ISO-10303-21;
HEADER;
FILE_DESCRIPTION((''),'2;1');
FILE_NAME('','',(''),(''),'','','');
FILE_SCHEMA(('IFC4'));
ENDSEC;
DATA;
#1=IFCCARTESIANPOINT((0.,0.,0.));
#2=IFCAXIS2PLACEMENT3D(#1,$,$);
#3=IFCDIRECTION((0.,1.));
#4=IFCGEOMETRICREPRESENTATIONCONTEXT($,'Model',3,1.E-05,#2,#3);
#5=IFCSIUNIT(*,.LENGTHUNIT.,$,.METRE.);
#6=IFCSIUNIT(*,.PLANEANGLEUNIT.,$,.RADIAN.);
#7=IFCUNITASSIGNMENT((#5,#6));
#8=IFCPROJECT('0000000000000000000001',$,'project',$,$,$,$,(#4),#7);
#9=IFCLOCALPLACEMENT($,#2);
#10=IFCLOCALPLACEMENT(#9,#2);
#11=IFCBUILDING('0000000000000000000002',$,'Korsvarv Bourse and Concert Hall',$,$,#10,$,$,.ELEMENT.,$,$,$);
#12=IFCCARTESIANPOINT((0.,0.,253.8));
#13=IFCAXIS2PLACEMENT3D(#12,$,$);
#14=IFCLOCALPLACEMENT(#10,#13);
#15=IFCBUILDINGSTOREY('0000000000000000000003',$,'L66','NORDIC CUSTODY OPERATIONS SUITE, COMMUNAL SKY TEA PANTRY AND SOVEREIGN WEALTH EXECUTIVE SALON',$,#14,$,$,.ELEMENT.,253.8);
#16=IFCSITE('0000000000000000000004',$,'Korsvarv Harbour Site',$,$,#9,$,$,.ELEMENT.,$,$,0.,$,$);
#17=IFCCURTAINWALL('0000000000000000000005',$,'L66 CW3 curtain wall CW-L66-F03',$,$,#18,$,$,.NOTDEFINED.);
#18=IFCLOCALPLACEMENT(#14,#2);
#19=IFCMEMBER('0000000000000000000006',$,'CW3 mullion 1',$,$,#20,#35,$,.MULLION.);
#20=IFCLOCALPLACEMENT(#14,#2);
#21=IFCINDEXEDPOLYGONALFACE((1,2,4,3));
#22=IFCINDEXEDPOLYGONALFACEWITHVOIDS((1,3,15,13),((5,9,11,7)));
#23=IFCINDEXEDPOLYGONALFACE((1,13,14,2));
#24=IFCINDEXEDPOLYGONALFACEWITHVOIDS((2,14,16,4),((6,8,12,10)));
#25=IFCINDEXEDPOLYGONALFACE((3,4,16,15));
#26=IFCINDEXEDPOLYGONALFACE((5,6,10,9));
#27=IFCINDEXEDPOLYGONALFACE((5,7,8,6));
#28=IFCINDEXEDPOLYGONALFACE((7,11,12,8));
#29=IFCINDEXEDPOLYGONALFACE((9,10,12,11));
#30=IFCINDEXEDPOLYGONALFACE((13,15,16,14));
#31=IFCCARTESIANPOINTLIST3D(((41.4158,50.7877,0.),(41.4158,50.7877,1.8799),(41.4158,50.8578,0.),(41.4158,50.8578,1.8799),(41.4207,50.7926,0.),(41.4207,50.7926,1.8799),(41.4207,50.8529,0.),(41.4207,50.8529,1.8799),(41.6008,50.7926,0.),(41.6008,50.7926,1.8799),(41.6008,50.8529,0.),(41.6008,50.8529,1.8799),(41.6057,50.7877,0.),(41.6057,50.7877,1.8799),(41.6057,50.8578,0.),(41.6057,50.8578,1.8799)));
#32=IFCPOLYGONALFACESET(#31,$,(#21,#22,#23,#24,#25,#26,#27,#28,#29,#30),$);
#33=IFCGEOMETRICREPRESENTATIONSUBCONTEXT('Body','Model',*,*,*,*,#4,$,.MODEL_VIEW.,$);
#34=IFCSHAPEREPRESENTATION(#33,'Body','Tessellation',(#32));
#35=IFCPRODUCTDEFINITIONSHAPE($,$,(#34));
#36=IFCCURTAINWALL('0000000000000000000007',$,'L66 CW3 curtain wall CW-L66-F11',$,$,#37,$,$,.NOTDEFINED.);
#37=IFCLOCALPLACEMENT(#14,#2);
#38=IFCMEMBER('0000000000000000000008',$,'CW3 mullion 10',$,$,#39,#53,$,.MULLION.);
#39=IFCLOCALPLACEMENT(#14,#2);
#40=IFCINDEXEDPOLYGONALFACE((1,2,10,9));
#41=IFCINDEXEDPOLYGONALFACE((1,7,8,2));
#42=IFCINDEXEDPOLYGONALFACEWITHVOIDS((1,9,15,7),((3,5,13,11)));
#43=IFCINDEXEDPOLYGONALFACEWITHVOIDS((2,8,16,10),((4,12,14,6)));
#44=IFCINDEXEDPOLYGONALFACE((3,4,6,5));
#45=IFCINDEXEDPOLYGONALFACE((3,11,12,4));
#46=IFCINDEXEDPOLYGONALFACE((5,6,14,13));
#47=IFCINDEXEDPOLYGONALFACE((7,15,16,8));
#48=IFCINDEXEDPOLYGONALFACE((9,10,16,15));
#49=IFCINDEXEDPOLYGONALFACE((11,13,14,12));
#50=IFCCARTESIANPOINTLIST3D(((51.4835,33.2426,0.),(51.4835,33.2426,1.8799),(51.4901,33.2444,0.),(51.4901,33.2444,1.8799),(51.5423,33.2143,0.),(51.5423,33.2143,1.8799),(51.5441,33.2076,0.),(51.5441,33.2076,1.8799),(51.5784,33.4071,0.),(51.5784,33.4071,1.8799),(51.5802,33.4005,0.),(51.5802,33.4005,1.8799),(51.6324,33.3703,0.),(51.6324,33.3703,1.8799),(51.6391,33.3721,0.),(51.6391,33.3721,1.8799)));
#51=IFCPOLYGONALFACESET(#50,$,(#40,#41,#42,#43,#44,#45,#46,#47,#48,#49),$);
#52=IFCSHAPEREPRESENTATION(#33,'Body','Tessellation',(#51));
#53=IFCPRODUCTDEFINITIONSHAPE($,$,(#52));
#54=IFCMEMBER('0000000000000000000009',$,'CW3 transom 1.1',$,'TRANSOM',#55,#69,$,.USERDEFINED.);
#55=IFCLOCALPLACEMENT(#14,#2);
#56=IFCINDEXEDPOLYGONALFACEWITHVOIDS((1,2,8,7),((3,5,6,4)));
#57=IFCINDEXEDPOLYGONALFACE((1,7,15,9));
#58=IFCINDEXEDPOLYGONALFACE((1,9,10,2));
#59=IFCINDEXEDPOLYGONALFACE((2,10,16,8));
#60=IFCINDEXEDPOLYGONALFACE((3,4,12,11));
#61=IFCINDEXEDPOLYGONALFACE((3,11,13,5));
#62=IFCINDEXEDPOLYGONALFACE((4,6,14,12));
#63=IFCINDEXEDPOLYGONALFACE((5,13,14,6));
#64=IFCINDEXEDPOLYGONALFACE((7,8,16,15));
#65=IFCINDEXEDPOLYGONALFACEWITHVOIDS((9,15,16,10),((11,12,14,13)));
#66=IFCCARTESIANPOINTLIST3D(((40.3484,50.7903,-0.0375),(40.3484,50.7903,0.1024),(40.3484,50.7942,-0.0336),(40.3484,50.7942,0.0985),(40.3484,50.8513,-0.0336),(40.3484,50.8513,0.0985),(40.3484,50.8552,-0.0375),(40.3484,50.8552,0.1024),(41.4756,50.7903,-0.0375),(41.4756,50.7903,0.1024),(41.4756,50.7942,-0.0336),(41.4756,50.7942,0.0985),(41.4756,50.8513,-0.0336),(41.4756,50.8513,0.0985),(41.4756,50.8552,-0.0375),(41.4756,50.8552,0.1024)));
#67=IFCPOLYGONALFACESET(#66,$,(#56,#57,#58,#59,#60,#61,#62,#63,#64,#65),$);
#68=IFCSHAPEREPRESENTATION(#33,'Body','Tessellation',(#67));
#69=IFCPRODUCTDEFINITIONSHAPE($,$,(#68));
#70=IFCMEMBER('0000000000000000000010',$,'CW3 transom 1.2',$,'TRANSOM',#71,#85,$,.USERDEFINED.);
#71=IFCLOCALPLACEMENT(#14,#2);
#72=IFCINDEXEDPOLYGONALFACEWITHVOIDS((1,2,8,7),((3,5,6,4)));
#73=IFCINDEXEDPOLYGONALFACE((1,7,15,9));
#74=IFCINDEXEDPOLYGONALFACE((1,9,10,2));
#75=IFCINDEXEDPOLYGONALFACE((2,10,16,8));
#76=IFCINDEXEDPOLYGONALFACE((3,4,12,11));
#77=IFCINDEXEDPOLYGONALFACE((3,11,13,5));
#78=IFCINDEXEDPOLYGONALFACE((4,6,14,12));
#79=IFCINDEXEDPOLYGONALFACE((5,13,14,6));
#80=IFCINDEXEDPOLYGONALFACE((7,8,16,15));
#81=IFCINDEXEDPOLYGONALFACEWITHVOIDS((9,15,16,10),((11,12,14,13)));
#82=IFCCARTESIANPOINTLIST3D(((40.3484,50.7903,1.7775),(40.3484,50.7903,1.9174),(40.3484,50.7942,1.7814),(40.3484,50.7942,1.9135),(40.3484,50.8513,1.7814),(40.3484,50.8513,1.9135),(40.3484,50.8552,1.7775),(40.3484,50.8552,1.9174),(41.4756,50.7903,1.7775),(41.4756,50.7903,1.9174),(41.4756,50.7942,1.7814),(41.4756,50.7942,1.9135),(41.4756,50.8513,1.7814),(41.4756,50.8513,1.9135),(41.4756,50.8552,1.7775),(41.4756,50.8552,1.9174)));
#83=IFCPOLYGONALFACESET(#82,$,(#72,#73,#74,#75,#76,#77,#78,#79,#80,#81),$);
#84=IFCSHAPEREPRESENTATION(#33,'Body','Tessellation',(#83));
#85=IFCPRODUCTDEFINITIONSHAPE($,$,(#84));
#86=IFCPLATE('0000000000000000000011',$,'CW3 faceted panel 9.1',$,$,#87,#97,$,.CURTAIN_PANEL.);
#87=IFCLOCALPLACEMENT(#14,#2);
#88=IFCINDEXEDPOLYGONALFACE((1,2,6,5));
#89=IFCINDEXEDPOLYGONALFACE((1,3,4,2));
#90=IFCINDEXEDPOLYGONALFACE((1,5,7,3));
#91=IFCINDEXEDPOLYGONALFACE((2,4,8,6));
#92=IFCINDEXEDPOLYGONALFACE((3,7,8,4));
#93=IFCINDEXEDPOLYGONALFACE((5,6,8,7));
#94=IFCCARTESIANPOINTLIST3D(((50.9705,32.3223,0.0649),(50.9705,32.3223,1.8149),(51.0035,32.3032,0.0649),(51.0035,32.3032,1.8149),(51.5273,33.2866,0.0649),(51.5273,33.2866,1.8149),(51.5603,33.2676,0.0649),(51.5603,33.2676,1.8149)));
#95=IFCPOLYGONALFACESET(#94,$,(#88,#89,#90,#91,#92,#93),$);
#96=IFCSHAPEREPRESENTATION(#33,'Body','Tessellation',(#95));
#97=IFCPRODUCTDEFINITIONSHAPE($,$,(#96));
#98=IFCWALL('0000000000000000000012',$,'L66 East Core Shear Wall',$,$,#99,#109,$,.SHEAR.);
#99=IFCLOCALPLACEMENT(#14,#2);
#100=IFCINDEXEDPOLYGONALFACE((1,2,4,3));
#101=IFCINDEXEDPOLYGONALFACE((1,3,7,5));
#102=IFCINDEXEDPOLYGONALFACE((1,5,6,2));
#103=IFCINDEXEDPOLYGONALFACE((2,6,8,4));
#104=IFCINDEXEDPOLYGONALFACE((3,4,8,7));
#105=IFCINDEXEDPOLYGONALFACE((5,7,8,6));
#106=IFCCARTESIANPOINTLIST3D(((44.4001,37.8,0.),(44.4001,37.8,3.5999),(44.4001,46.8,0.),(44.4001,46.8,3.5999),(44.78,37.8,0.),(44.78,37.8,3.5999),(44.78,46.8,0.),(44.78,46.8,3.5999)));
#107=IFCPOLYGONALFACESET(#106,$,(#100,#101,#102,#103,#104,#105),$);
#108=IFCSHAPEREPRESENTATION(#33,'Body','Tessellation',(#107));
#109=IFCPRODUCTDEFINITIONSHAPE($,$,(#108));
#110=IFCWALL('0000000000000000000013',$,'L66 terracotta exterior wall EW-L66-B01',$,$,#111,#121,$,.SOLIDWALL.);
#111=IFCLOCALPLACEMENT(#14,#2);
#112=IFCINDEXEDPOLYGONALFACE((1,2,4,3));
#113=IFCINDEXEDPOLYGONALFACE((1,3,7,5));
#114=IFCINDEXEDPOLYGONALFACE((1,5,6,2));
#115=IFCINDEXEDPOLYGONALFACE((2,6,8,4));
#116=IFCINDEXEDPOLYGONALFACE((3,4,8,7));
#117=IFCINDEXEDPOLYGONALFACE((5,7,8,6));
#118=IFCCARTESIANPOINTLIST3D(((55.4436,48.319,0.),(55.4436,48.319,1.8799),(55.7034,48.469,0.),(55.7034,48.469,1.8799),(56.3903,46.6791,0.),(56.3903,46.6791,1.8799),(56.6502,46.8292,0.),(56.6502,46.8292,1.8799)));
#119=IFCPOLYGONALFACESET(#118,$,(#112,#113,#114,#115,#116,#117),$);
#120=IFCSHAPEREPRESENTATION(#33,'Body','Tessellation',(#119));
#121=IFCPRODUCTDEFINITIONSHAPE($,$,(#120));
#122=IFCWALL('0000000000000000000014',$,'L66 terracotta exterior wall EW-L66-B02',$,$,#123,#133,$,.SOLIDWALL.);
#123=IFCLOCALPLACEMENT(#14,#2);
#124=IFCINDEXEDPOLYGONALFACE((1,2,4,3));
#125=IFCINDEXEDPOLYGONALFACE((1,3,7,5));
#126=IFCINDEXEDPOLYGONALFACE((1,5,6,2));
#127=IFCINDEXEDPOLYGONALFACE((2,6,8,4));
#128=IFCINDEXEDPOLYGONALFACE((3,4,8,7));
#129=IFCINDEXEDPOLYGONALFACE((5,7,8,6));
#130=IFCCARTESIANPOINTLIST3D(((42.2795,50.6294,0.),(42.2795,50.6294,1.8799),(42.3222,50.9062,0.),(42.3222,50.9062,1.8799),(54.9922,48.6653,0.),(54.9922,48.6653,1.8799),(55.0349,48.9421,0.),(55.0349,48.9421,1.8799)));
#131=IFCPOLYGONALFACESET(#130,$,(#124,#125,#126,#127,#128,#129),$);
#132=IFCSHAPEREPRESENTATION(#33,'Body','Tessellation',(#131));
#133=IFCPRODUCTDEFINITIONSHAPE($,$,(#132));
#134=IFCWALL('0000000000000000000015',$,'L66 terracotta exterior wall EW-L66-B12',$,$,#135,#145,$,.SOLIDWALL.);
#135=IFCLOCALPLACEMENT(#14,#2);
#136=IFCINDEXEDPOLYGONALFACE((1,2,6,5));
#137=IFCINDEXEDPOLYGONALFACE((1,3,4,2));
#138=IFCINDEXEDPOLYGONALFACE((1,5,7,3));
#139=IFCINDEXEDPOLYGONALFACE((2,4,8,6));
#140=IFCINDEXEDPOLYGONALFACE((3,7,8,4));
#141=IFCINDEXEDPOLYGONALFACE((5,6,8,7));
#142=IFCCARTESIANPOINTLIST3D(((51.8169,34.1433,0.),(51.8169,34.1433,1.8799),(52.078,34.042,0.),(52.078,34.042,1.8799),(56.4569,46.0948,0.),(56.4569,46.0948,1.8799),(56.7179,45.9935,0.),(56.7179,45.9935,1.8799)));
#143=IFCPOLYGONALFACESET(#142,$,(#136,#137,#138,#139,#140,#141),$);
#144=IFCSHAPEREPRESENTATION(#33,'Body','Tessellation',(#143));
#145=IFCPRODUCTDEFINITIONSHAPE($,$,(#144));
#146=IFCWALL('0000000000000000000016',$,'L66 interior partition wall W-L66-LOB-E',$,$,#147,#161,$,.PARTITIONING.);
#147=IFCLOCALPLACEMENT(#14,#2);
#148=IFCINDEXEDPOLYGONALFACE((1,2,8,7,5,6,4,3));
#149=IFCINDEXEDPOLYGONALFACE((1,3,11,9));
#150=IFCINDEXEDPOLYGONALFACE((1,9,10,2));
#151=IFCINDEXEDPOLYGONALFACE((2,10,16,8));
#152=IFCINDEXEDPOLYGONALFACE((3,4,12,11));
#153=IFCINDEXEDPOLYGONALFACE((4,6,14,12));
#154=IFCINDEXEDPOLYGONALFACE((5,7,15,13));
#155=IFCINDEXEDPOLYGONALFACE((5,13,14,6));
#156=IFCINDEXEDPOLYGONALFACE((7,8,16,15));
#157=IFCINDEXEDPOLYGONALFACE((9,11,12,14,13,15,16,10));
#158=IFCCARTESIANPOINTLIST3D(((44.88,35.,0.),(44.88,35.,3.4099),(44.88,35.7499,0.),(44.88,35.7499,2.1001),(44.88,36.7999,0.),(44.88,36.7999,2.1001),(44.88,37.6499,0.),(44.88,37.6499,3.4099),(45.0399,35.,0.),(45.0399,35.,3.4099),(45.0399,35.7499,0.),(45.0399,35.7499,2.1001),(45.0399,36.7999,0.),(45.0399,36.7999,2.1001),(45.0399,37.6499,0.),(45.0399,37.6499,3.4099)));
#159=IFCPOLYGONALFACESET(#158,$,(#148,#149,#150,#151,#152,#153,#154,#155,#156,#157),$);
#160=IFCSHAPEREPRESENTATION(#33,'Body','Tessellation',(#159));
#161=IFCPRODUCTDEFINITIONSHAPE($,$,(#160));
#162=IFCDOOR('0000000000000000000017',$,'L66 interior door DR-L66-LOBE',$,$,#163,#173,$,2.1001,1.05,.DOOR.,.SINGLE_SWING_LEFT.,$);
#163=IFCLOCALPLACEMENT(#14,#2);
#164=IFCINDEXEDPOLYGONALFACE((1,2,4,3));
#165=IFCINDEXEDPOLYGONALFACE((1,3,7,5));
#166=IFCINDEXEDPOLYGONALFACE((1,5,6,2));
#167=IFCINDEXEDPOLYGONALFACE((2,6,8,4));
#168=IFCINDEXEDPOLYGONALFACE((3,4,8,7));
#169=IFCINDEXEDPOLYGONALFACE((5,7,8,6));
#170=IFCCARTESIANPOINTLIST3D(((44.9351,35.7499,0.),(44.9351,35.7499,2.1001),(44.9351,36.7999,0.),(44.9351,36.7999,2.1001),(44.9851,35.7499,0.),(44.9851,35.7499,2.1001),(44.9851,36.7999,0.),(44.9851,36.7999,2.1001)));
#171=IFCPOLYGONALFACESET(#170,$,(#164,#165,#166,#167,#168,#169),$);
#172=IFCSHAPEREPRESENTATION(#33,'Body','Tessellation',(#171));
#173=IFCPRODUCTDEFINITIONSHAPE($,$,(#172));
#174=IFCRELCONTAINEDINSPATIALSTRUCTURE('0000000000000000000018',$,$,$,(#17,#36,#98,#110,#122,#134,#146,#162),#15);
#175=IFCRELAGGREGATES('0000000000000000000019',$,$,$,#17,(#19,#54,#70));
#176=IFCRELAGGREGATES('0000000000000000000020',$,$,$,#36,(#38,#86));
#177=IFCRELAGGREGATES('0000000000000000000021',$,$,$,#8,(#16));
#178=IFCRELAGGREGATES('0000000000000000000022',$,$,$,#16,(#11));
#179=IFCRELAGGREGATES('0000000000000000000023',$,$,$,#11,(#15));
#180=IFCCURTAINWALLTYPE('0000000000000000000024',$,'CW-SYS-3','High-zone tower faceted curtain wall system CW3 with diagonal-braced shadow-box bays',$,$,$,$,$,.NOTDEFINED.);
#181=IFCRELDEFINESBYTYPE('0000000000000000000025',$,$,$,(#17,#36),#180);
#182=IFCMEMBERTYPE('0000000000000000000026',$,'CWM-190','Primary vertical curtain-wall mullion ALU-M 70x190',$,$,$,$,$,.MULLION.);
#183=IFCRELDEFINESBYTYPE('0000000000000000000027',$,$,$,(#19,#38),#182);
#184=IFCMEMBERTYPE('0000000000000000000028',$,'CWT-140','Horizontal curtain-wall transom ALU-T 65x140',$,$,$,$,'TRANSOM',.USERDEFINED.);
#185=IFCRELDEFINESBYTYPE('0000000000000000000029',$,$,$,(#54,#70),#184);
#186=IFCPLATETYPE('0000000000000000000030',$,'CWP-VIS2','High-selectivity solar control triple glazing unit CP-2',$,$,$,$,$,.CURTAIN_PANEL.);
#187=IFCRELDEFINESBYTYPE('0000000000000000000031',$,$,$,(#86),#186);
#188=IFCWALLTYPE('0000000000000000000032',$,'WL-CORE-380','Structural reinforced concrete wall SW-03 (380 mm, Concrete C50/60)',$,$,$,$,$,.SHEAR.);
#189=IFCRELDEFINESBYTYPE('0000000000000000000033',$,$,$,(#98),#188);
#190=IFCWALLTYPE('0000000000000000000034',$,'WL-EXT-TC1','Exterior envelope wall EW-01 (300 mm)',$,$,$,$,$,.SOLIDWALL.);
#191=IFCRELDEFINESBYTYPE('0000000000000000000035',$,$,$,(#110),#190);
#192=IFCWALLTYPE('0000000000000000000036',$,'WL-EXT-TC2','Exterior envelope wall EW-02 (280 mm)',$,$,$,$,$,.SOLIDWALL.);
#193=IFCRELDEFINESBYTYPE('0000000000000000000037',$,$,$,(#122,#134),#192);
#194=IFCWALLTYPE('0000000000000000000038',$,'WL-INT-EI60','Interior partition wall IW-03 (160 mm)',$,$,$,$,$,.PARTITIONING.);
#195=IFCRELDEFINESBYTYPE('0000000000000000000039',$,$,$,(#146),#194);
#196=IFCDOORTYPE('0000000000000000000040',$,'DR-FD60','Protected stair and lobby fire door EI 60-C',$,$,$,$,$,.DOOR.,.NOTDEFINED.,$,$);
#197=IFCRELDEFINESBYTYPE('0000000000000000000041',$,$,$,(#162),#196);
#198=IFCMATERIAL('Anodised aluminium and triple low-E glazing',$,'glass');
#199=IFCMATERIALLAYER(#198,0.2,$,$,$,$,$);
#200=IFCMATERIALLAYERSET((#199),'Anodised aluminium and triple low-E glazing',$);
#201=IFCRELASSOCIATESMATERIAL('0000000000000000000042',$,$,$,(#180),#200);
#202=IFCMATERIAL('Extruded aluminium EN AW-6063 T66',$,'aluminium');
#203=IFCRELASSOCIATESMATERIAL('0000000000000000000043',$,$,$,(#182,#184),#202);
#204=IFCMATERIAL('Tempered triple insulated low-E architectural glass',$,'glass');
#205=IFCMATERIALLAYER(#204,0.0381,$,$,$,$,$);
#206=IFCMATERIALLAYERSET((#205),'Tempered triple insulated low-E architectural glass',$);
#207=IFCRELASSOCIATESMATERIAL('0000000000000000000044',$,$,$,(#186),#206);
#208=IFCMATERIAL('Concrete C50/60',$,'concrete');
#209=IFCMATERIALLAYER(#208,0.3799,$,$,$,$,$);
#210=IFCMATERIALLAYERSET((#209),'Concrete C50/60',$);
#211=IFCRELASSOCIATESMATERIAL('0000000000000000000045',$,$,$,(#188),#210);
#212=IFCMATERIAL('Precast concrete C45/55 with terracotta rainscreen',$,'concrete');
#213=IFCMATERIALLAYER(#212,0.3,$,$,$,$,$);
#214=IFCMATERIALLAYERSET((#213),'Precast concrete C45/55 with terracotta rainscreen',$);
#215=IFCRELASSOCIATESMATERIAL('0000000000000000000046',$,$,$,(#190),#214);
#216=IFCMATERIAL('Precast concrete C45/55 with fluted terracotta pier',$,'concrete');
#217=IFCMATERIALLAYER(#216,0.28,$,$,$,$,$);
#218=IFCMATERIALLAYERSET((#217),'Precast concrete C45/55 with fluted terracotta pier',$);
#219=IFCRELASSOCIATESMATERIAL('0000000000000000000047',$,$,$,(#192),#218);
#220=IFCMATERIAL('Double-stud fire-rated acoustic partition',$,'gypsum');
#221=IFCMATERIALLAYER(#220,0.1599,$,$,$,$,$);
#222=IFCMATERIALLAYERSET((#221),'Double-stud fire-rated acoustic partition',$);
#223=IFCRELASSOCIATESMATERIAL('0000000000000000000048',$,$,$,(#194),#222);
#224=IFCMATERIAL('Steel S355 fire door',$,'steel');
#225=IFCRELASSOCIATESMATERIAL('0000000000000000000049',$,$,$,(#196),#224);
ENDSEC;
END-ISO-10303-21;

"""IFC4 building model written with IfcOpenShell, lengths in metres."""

from ifc_helpers import new_model, si_unit, direction, frame, frame_2d, origin, origin_2d, place, context, subcontext, project, spatial, rectangle, hollow_rectangle, extrude, source, transform, mapped, material, layer, layer_set, material_profile, profile_set, type_object, element, fill, aggregate, save


model = new_model("IFC4")

# Units and contexts
model_context = context("Model", 3, precision=1e-05, world=origin(), true_north=direction((0.0, 1.0)))
body_context = subcontext(model_context, "Body", "Model", "MODEL_VIEW")
ifc_project = project(units=[si_unit("LENGTHUNIT", "METRE"), si_unit("PLANEANGLEUNIT", "RADIAN")], contexts=[model_context])

# Site, building, storey
site_placement = place(None, origin())
site = spatial("IfcSite", under=ifc_project, at=site_placement, Name="Korsvarv Harbour Site", CompositionType="ELEMENT", RefElevation=0.0)
building_placement = place(site_placement, origin())
building = spatial("IfcBuilding", under=site, at=building_placement, Name="Korsvarv Bourse and Concert Hall", CompositionType="ELEMENT")
storey_placement = place(building_placement, frame((0.0, 0.0, 253.8)))
storey = spatial("IfcBuildingStorey", under=building, at=storey_placement, Name="L66", Description="NORDIC CUSTODY OPERATIONS SUITE, COMMUNAL SKY TEA PANTRY AND SOVEREIGN WEALTH EXECUTIVE SALON", CompositionType="ELEMENT", Elevation=253.8)

# Shared definitions
ifc_material_1 = material(Name="Concrete C50/60", Category="concrete")

# Curtain walls, members
ifc_material_2 = material(Name="Anodised aluminium and triple low-E glazing", Category="glass")
ifc_layer_1 = layer(ifc_material_2, 0.2)
ifc_layer_set_1 = layer_set([ifc_layer_1], Name="Anodised aluminium and triple low-E glazing")
curtain_wall_type = type_object("IfcCurtainWallType", Name="CW-SYS-3", Description="High-zone tower faceted curtain wall system CW3 with diagonal-braced shadow-box bays", PredefinedType="NOTDEFINED", material=ifc_layer_set_1)
curtain_wall_1_placement = place(storey_placement, origin())
curtain_wall_1 = element("IfcCurtainWall", 1, at=curtain_wall_1_placement, inside=storey, type_object=curtain_wall_type, Name="L66 CW3 curtain wall CW-L66-F03", PredefinedType="NOTDEFINED")
ifc_material_3 = material(Name="Extruded aluminium EN AW-6063 T66", Category="aluminium")
ifc_material_profile_1 = material_profile(ifc_material_3, hollow_rectangle(XDim=0.0701, YDim=0.1899, WallThickness=0.0049, at=origin_2d()), Name="ALU-M 70x190")
ifc_profile_set_1 = profile_set([ifc_material_profile_1], Name="Extruded aluminium EN AW-6063 T66")
member_type_1 = type_object("IfcMemberType", Name="CWM-190", Description="Primary vertical curtain-wall mullion ALU-M 70x190", PredefinedType="MULLION", material=ifc_profile_set_1)
shared_shape_1 = source(origin(), body_context, "Body", "SweptSolid", [
    extrude(hollow_rectangle(XDim=0.0701, YDim=0.1899, WallThickness=0.0049, at=origin_2d()), origin(), (0.0, 0.0, 1.0), 1.8799),
])
member_1_placement = place(storey_placement, frame((41.5107, 50.8228, 0.0), z_axis=(0.0, 0.0, 1.0), x_axis=(0.0, -1.0, 0.0)))
member_1 = element("IfcMember", 2, at=member_1_placement, type_object=member_type_1, Name="CW3 mullion 1", PredefinedType="MULLION", context=body_context, shape_type="MappedRepresentation", body=[
    mapped(shared_shape_1, transform((0.0, 0.0, 0.0), scale=1.0)),
])
curtain_wall_2_placement = place(storey_placement, origin())
curtain_wall_2 = element("IfcCurtainWall", 3, at=curtain_wall_2_placement, inside=storey, type_object=curtain_wall_type, Name="L66 CW3 curtain wall CW-L66-F11", PredefinedType="NOTDEFINED")
member_2_placement = place(storey_placement, frame((51.5613, 33.3074, 0.0), z_axis=(0.0, 0.0, 1.0), x_axis=(-0.866023, 0.500004, 0.0)))
member_2 = element("IfcMember", 4, at=member_2_placement, type_object=member_type_1, Name="CW3 mullion 10", PredefinedType="MULLION", context=body_context, shape_type="MappedRepresentation", body=[
    mapped(shared_shape_1, transform((0.0, 0.0, 0.0), scale=1.0)),
])

# Members
ifc_material_profile_2 = material_profile(ifc_material_3, hollow_rectangle(XDim=0.0649, YDim=0.1399, WallThickness=0.0039, at=origin_2d()), Name="ALU-T 65x140")
ifc_profile_set_2 = profile_set([ifc_material_profile_2], Name="Extruded aluminium EN AW-6063 T66")
member_type_2 = type_object("IfcMemberType", Name="CWT-140", Description="Horizontal curtain-wall transom ALU-T 65x140", ElementType="TRANSOM", PredefinedType="USERDEFINED", material=ifc_profile_set_2)
shared_shape_2 = source(origin(), body_context, "Body", "SweptSolid", [
    extrude(hollow_rectangle(XDim=0.0649, YDim=0.1399, WallThickness=0.0039, at=origin_2d()), origin(), (0.0, 0.0, 1.0), 1.1272),
])
member_3_placement = place(storey_placement, frame((41.4756, 50.8228, 0.0325), z_axis=(-1.0, 0.0, 0.0), x_axis=(0.0, -1.0, 0.0)))
member_3 = element("IfcMember", 5, at=member_3_placement, type_object=member_type_2, Name="CW3 transom 1.1", ObjectType="TRANSOM", PredefinedType="USERDEFINED", context=body_context, shape_type="MappedRepresentation", body=[
    mapped(shared_shape_2, transform((0.0, 0.0, 0.0), scale=1.0)),
])
member_4_placement = place(storey_placement, frame((41.4756, 50.8228, 1.8474), z_axis=(-1.0, 0.0, 0.0), x_axis=(0.0, -1.0, 0.0)))
member_4 = element("IfcMember", 6, at=member_4_placement, type_object=member_type_2, Name="CW3 transom 1.2", ObjectType="TRANSOM", PredefinedType="USERDEFINED", context=body_context, shape_type="MappedRepresentation", body=[
    mapped(shared_shape_2, transform((0.0, 0.0, 0.0), scale=1.0)),
])
aggregate(curtain_wall_1, [member_1, member_3, member_4])

# Plate
ifc_material_4 = material(Name="Tempered triple insulated low-E architectural glass", Category="glass")
ifc_layer_2 = layer(ifc_material_4, 0.0381)
ifc_layer_set_2 = layer_set([ifc_layer_2], Name="Tempered triple insulated low-E architectural glass")
plate_type = type_object("IfcPlateType", Name="CWP-VIS2", Description="High-selectivity solar control triple glazing unit CP-2", PredefinedType="CURTAIN_PANEL", material=ifc_layer_set_2)
shared_shape_3 = source(origin(), body_context, "Body", "SweptSolid", [
    extrude(rectangle(XDim=1.1135, YDim=0.0381, at=origin_2d()), origin(), (0.0, 0.0, 1.0), 1.75),
])
plate_placement = place(storey_placement, frame((51.2654, 32.7949, 0.0649), z_axis=(0.0, 0.0, 1.0), x_axis=(0.500004, 0.866023, 0.0)))
plate = element("IfcPlate", 7, at=plate_placement, type_object=plate_type, Name="CW3 faceted panel 9.1", PredefinedType="CURTAIN_PANEL", context=body_context, shape_type="MappedRepresentation", body=[
    mapped(shared_shape_3, transform((0.0, 0.0, 0.0), scale=1.0)),
])
aggregate(curtain_wall_2, [member_2, plate])

# Walls
ifc_layer_3 = layer(ifc_material_1, 0.3799)
ifc_layer_set_3 = layer_set([ifc_layer_3], Name="Concrete C50/60")
wall_type_1 = type_object("IfcWallType", Name="WL-CORE-380", Description="Structural reinforced concrete wall SW-03 (380 mm, Concrete C50/60)", PredefinedType="SHEAR", material=ifc_layer_set_3)
wall_1_placement = place(storey_placement, frame((44.5901, 37.8, 0.0), z_axis=(0.0, 0.0, 1.0), x_axis=(0.0, 1.0, 0.0)))
element("IfcWall", 8, at=wall_1_placement, inside=storey, type_object=wall_type_1, Name="L66 East Core Shear Wall", PredefinedType="SHEAR", context=body_context, shape_type="SweptSolid", body=[
    extrude(rectangle(XDim=9.0, YDim=0.3799, at=frame_2d((4.5, 0.0))), origin(), (0.0, 0.0, 1.0), 3.5999),
])
ifc_material_5 = material(Name="Precast concrete C45/55 with terracotta rainscreen", Category="concrete")
ifc_layer_4 = layer(ifc_material_5, 0.3)
ifc_layer_set_4 = layer_set([ifc_layer_4], Name="Precast concrete C45/55 with terracotta rainscreen")
wall_type_2 = type_object("IfcWallType", Name="WL-EXT-TC1", Description="Exterior envelope wall EW-01 (300 mm)", PredefinedType="SOLIDWALL", material=ifc_layer_set_4)
wall_2_placement = place(storey_placement, frame((56.5203, 46.7542, 0.0), z_axis=(0.0, 0.0, 1.0), x_axis=(-0.499994, 0.866029, 0.0)))
element("IfcWall", 9, at=wall_2_placement, inside=storey, type_object=wall_type_2, Name="L66 terracotta exterior wall EW-L66-B01", PredefinedType="SOLIDWALL", context=body_context, shape_type="SweptSolid", body=[
    extrude(rectangle(XDim=1.8936, YDim=0.3, at=frame_2d((0.9468, 0.0))), origin(), (0.0, 0.0, 1.0), 1.8799),
])
ifc_material_6 = material(Name="Precast concrete C45/55 with fluted terracotta pier", Category="concrete")
ifc_layer_5 = layer(ifc_material_6, 0.28)
ifc_layer_set_5 = layer_set([ifc_layer_5], Name="Precast concrete C45/55 with fluted terracotta pier")
wall_type_3 = type_object("IfcWallType", Name="WL-EXT-TC2", Description="Exterior envelope wall EW-02 (280 mm)", PredefinedType="SOLIDWALL", material=ifc_layer_set_5)
wall_3_placement = place(storey_placement, frame((55.0134, 48.8037, 0.0), z_axis=(0.0, 0.0, 1.0), x_axis=(-0.988274, 0.152689, 0.0)))
element("IfcWall", 10, at=wall_3_placement, inside=storey, type_object=wall_type_3, Name="L66 terracotta exterior wall EW-L66-B02", PredefinedType="SOLIDWALL", context=body_context, shape_type="SweptSolid", body=[
    extrude(rectangle(XDim=12.8635, YDim=0.28, at=frame_2d((6.4316, 0.0))), origin(), (0.0, 0.0, 1.0), 1.8799),
])
wall_4_placement = place(storey_placement, frame((51.9475, 34.0928, 0.0), z_axis=(0.0, 0.0, 1.0), x_axis=(0.361912, 0.932212, 0.0)))
element("IfcWall", 11, at=wall_4_placement, inside=storey, type_object=wall_type_3, Name="L66 terracotta exterior wall EW-L66-B12", PredefinedType="SOLIDWALL", context=body_context, shape_type="SweptSolid", body=[
    extrude(rectangle(XDim=12.8206, YDim=0.28, at=frame_2d((6.4102, 0.0))), origin(), (0.0, 0.0, 1.0), 1.8799),
])

# Wall, opening, door
ifc_material_7 = material(Name="Double-stud fire-rated acoustic partition", Category="gypsum")
ifc_layer_6 = layer(ifc_material_7, 0.1599)
ifc_layer_set_6 = layer_set([ifc_layer_6], Name="Double-stud fire-rated acoustic partition")
wall_type_4 = type_object("IfcWallType", Name="WL-INT-EI60", Description="Interior partition wall IW-03 (160 mm)", PredefinedType="PARTITIONING", material=ifc_layer_set_6)
wall_5_placement = place(storey_placement, frame((44.96, 35.0, 0.0), z_axis=(0.0, 0.0, 1.0), x_axis=(0.0, 1.0, 0.0)))
wall_5 = element("IfcWall", 12, at=wall_5_placement, inside=storey, type_object=wall_type_4, Name="L66 interior partition wall W-L66-LOB-E", PredefinedType="PARTITIONING", context=body_context, shape_type="SweptSolid", body=[
    extrude(rectangle(XDim=2.6499, YDim=0.1599, at=frame_2d((1.325, 0.0))), origin(), (0.0, 0.0, 1.0), 3.4099),
])
opening_placement = place(wall_5_placement, frame((0.75, 0.0, 0.0)))
opening = element("IfcOpeningElement", 13, at=opening_placement, cuts=wall_5, PredefinedType="OPENING", context=body_context, shape_type="SweptSolid", body=[
    extrude(rectangle(XDim=1.05, YDim=2.1001, at=frame_2d((0.5249, 1.05))), frame((0.0, 0.0898, 0.0), z_axis=(0.0, -1.0, 0.0), x_axis=(1.0, 0.0, 0.0)), (0.0, 0.0, 1.0), 0.1799),
])
ifc_material_8 = material(Name="Steel S355 fire door", Category="steel")
door_type = type_object("IfcDoorType", Name="DR-FD60", Description="Protected stair and lobby fire door EI 60-C", OperationType="NOTDEFINED", PredefinedType="DOOR", material=ifc_material_8)
door_placement = place(opening_placement, origin())
door = element("IfcDoor", 14, at=door_placement, inside=storey, type_object=door_type, Name="L66 interior door DR-L66-LOBE", OperationType="SINGLE_SWING_LEFT", OverallHeight=2.1001, OverallWidth=1.05, PredefinedType="DOOR", context=body_context, shape_type="SweptSolid", body=[
    extrude(rectangle(XDim=1.05, YDim=2.1001, at=frame_2d((0.5249, 1.05))), frame((0.0, 0.0249, 0.0), z_axis=(0.0, -1.0, 0.0), x_axis=(1.0, 0.0, 0.0)), (0.0, 0.0, 1.0), 0.05),
])
fill(opening, door)

save(model, "model.ifc")
